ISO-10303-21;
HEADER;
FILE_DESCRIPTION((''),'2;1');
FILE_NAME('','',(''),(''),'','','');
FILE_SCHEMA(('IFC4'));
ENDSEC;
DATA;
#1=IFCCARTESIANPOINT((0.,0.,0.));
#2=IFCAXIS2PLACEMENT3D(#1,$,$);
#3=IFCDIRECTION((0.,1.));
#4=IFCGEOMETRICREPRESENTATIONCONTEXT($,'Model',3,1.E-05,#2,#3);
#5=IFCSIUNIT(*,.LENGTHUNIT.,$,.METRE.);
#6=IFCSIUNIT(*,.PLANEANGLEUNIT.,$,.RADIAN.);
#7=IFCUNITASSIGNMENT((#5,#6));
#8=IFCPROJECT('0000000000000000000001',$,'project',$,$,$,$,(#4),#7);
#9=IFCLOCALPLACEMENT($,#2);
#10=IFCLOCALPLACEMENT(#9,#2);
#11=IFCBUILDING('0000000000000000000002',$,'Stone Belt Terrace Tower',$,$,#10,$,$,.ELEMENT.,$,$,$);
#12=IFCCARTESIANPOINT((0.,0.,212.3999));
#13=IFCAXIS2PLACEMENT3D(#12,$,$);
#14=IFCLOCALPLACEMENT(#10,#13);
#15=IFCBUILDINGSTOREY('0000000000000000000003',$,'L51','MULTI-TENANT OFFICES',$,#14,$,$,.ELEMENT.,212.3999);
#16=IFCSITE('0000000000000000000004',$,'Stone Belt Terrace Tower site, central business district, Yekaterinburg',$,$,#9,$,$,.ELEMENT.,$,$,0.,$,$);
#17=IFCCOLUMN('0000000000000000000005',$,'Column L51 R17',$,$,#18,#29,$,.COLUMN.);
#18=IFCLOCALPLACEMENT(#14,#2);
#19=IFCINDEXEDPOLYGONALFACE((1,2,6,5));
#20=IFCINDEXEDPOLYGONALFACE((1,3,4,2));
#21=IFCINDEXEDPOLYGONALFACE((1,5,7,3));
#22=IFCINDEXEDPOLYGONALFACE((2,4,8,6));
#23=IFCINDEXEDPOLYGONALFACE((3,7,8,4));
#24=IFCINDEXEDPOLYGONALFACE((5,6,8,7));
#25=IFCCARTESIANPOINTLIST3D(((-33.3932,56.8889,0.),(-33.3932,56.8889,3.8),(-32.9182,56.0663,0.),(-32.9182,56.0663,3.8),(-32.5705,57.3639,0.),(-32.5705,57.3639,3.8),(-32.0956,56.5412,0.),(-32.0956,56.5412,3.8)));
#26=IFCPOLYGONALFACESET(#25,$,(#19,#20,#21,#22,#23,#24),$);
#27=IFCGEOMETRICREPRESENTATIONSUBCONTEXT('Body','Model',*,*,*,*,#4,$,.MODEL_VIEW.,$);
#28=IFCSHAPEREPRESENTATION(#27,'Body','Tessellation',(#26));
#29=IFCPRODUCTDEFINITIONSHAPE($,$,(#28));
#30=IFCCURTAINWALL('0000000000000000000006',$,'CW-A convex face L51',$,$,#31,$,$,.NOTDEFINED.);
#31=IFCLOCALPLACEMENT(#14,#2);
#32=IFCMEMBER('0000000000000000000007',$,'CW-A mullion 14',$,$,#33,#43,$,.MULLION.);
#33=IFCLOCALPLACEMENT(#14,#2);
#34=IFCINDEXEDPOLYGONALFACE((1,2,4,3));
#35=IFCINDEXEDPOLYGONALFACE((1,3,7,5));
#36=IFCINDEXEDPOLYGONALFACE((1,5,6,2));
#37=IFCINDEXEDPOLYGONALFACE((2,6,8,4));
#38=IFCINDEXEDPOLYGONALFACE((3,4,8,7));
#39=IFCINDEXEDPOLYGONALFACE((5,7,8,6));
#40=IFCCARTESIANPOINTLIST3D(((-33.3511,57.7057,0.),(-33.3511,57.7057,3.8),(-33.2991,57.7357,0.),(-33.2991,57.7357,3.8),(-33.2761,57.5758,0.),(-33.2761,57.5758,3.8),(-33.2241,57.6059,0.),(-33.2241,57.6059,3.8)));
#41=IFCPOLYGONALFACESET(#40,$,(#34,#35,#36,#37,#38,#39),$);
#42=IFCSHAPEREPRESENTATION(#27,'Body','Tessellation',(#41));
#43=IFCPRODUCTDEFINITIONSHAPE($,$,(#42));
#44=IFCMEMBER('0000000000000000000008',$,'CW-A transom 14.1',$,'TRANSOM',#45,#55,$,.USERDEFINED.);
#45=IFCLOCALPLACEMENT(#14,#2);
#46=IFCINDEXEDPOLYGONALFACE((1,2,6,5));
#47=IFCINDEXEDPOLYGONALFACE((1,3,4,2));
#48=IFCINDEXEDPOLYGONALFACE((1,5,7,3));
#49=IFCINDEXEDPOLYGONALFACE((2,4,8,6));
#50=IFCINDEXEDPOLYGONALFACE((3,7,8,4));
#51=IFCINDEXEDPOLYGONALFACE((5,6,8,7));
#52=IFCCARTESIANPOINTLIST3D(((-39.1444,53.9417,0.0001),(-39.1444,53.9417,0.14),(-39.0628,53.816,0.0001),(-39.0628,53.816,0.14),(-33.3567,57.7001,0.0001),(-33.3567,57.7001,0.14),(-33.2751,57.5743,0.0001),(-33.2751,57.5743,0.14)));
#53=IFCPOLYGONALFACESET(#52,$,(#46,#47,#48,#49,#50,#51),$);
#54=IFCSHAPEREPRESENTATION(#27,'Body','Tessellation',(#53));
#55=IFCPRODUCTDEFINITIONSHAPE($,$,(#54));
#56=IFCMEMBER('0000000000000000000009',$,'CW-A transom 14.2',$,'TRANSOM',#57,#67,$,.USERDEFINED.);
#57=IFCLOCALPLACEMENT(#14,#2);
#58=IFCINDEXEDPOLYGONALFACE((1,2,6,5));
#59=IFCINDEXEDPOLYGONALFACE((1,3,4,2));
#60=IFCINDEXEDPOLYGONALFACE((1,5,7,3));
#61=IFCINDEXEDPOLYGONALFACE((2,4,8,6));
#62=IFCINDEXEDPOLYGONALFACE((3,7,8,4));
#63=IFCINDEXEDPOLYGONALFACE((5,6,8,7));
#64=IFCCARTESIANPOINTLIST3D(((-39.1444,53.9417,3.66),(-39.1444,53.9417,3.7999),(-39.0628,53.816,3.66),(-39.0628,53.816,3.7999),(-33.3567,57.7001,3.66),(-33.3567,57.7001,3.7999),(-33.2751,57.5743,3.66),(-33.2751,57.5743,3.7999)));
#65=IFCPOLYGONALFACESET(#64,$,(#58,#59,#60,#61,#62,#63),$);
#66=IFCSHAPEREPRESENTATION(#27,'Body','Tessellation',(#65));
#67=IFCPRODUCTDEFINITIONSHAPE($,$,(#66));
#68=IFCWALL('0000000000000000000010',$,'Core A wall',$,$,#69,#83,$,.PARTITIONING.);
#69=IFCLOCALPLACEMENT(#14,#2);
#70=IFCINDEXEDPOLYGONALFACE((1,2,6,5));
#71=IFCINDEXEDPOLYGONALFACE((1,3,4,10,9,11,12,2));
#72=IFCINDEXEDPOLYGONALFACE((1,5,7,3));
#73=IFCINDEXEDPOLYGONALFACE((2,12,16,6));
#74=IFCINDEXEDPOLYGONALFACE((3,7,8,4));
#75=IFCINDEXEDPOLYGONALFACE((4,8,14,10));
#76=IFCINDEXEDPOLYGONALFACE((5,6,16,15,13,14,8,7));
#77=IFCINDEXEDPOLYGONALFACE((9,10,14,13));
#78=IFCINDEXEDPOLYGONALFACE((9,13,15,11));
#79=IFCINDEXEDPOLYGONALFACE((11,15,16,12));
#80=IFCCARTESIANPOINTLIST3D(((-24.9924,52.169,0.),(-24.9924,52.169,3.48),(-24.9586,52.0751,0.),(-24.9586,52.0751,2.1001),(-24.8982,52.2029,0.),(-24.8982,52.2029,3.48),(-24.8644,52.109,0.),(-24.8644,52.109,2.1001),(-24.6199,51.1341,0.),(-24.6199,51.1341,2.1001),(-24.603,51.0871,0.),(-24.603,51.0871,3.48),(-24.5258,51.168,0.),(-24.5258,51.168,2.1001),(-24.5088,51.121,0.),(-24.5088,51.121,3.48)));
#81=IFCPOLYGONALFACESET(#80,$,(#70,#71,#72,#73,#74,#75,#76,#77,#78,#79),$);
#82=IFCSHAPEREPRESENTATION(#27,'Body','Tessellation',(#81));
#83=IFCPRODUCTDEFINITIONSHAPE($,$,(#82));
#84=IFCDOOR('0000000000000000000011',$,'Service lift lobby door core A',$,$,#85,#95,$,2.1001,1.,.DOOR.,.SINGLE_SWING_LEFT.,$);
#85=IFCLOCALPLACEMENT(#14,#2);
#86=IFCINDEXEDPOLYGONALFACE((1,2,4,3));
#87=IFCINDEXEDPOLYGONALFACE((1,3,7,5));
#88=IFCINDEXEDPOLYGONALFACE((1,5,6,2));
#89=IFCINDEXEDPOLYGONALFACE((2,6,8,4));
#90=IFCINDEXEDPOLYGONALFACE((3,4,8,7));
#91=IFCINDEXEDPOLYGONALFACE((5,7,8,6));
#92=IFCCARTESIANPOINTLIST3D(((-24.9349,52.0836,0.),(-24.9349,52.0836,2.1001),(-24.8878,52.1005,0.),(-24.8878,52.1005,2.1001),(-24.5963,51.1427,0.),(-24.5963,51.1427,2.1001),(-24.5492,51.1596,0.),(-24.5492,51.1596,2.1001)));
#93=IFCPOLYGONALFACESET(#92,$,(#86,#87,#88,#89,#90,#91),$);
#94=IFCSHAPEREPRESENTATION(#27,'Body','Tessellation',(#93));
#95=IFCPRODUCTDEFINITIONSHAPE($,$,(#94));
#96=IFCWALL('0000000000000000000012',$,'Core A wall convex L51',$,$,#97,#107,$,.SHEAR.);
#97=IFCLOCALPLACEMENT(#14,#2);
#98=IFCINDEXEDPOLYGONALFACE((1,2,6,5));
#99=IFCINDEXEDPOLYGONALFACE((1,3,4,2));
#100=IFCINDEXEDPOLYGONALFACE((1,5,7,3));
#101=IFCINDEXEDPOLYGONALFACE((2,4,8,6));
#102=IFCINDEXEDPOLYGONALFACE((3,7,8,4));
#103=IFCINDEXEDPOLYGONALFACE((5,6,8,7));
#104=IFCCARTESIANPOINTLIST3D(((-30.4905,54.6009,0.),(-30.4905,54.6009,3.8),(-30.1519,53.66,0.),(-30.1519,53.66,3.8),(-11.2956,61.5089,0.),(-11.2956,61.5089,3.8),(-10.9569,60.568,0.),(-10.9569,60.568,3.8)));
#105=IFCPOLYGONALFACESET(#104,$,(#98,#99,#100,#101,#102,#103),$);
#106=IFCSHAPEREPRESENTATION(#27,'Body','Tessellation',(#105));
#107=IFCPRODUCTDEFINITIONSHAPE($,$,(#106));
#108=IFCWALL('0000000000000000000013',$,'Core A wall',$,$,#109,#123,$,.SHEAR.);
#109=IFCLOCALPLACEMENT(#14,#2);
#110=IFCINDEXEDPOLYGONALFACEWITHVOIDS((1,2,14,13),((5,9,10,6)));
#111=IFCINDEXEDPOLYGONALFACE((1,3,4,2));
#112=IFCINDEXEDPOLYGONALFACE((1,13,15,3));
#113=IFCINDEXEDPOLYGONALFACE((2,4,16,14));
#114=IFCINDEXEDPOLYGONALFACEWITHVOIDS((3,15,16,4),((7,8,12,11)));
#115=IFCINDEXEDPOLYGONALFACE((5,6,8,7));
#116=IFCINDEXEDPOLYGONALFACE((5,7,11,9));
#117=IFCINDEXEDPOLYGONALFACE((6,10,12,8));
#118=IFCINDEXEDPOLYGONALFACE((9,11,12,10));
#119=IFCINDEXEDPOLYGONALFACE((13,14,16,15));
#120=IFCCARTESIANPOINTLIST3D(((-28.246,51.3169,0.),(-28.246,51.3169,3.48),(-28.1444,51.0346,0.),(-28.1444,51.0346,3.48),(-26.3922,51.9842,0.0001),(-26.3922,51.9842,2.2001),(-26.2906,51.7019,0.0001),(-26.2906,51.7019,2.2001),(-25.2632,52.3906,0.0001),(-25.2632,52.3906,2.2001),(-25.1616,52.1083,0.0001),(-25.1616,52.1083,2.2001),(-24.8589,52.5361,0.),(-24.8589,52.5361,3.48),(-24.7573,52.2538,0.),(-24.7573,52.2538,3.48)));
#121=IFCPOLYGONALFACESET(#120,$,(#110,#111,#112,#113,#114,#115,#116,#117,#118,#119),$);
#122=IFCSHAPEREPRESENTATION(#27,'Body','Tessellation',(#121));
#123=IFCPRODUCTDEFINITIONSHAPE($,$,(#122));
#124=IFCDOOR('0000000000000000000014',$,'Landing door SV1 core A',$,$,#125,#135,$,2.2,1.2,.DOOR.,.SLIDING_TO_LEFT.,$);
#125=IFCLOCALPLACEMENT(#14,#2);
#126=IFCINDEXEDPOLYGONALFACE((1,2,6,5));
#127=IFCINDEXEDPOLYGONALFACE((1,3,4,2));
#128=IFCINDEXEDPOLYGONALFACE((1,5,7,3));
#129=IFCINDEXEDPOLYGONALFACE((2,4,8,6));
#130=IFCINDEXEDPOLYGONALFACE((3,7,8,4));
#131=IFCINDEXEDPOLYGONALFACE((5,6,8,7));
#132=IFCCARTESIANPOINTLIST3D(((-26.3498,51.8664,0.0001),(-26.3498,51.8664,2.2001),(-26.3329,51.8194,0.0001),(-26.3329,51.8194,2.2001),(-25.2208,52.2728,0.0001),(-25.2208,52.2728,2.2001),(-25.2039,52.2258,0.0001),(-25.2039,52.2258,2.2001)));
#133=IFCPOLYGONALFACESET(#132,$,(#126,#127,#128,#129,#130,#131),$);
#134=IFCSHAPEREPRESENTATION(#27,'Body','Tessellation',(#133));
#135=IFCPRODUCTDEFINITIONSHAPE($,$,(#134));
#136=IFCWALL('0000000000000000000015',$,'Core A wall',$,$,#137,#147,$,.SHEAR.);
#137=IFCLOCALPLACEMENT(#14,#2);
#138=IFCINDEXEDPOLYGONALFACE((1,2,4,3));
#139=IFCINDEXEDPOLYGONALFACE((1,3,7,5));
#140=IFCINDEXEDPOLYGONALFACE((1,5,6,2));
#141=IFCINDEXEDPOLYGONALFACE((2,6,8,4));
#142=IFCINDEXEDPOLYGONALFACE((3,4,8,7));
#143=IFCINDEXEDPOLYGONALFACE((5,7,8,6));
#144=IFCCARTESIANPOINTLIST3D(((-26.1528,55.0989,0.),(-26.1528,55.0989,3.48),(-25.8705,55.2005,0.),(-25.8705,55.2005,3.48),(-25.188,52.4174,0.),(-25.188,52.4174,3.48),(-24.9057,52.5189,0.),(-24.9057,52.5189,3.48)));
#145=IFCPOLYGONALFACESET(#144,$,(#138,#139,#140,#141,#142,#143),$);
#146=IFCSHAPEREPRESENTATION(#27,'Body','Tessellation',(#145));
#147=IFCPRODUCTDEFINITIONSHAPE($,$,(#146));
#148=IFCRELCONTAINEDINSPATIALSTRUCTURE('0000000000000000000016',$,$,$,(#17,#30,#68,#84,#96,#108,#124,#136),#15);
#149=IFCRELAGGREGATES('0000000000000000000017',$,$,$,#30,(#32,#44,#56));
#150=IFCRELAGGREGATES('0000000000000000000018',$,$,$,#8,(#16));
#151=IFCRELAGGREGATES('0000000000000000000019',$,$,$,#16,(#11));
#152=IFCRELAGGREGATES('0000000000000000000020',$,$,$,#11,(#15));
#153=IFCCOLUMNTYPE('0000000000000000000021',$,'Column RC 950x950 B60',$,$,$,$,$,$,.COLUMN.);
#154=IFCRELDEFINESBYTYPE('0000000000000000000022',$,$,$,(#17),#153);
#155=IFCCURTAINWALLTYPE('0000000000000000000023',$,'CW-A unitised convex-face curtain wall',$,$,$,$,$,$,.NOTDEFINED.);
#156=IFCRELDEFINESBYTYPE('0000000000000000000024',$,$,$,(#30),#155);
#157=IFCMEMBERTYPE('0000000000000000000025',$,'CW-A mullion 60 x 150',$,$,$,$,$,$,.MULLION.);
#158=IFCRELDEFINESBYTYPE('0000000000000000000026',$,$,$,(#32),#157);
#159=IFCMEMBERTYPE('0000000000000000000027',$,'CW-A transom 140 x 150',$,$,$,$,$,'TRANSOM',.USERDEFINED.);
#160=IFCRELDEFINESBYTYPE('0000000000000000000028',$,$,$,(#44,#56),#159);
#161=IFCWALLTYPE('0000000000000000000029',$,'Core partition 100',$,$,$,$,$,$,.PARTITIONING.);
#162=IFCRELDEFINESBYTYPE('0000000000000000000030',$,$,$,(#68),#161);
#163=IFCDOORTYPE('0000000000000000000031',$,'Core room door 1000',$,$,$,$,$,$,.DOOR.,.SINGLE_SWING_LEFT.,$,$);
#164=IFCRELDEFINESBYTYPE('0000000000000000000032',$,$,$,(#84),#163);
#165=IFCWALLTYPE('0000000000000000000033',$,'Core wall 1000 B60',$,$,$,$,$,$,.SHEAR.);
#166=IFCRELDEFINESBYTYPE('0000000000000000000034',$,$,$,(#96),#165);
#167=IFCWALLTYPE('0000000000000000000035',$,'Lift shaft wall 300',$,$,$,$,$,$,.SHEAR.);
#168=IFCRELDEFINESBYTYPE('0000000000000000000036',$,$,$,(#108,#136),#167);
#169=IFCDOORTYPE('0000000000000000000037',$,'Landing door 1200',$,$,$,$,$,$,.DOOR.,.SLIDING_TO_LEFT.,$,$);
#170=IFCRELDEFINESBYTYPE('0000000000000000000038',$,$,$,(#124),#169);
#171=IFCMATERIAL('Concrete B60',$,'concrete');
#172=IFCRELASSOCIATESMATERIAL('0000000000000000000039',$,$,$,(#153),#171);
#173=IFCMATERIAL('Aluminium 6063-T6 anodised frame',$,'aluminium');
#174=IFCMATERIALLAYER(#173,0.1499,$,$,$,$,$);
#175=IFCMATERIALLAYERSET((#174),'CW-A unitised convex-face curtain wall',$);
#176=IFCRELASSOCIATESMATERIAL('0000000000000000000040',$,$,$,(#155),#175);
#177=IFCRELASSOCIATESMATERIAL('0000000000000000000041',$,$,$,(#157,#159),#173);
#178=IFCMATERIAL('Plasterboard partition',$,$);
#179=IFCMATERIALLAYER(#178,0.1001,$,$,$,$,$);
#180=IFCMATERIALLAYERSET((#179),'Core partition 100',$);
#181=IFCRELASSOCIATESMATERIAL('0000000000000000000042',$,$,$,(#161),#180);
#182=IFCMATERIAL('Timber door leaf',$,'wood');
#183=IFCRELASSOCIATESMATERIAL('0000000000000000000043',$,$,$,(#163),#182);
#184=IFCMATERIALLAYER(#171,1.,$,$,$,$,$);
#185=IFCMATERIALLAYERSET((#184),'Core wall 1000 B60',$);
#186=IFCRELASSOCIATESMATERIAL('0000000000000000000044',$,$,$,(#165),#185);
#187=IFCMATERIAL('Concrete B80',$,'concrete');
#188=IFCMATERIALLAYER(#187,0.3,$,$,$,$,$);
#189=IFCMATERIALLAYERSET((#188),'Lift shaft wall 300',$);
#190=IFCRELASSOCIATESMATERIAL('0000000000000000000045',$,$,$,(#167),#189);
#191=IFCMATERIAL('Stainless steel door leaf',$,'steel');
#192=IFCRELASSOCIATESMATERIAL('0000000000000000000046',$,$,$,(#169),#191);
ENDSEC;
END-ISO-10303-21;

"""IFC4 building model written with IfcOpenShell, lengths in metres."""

from ifc_helpers import new_model, si_unit, direction, frame, frame_2d, origin, origin_2d, place, context, subcontext, project, spatial, rectangle, extrude, material, layer, layer_set, material_profile, profile_set, type_object, element, fill, aggregate, save


model = new_model("IFC4")

# Units and contexts
model_context = context("Model", 3, precision=1e-05, world=origin(), true_north=direction((0.0, 1.0)))
body_context = subcontext(model_context, "Body", "Model", "MODEL_VIEW")
ifc_project = project(units=[si_unit("LENGTHUNIT", "METRE"), si_unit("PLANEANGLEUNIT", "RADIAN")], contexts=[model_context])

# Site, building, storey
site_placement = place(None, origin())
site = spatial("IfcSite", under=ifc_project, at=site_placement, Name="Stone Belt Terrace Tower site, central business district, Yekaterinburg", CompositionType="ELEMENT", RefElevation=0.0)
building_placement = place(site_placement, origin())
building = spatial("IfcBuilding", under=site, at=building_placement, Name="Stone Belt Terrace Tower", CompositionType="ELEMENT")
storey_placement = place(building_placement, frame((0.0, 0.0, 212.3999)))
storey = spatial("IfcBuildingStorey", under=building, at=storey_placement, Name="L51", Description="MULTI-TENANT OFFICES", CompositionType="ELEMENT", Elevation=212.3999)

# Column
ifc_material_1 = material(Name="Concrete B60", Category="concrete")
ifc_material_profile_1 = material_profile(ifc_material_1, rectangle(XDim=0.95, YDim=0.95, at=origin_2d()), Name="RC 950x950")
ifc_profile_set_1 = profile_set([ifc_material_profile_1], Name="Concrete B60")
column_type = type_object("IfcColumnType", Name="Column RC 950x950 B60", PredefinedType="COLUMN", material=ifc_profile_set_1)
column_placement = place(storey_placement, frame((-32.7444, 56.7151, 0.0), z_axis=(0.0, 0.0, 1.0), x_axis=(0.866025, 0.5, 0.0)))
element("IfcColumn", 1, at=column_placement, inside=storey, type_object=column_type, Name="Column L51 R17", PredefinedType="COLUMN", context=body_context, shape_type="SweptSolid", body=[
    extrude(rectangle(XDim=0.95, YDim=0.95, at=origin_2d()), origin(), (0.0, 0.0, 1.0), 3.8),
])

# Curtain wall, members
ifc_material_2 = material(Name="Aluminium 6063-T6 anodised frame", Category="aluminium")
ifc_layer_1 = layer(ifc_material_2, 0.1499)
ifc_layer_set_1 = layer_set([ifc_layer_1], Name="CW-A unitised convex-face curtain wall")
curtain_wall_type = type_object("IfcCurtainWallType", Name="CW-A unitised convex-face curtain wall", PredefinedType="NOTDEFINED", material=ifc_layer_set_1)
curtain_wall_placement = place(storey_placement, origin())
curtain_wall = element("IfcCurtainWall", 2, at=curtain_wall_placement, inside=storey, type_object=curtain_wall_type, Name="CW-A convex face L51", PredefinedType="NOTDEFINED")
ifc_material_profile_2 = material_profile(ifc_material_2, rectangle(XDim=0.1499, YDim=0.0601, at=origin_2d()), Name="Aluminium 6063-T6 60x150")
ifc_profile_set_2 = profile_set([ifc_material_profile_2], Name="Aluminium 6063-T6 anodised frame")
member_type_1 = type_object("IfcMemberType", Name="CW-A mullion 60 x 150", PredefinedType="MULLION", material=ifc_profile_set_2)
member_1_placement = place(storey_placement, frame((-33.2876, 57.6558, 0.0), z_axis=(0.0, 0.0, 1.0), x_axis=(0.5, -0.866025, 0.0)))
member_1 = element("IfcMember", 3, at=member_1_placement, type_object=member_type_1, Name="CW-A mullion 14", PredefinedType="MULLION", context=body_context, shape_type="SweptSolid", body=[
    extrude(rectangle(XDim=0.1499, YDim=0.0601, at=origin_2d()), origin(), (0.0, 0.0, 1.0), 3.8),
])
ifc_material_profile_3 = material_profile(ifc_material_2, rectangle(XDim=0.1499, YDim=0.1399, at=origin_2d()), Name="Aluminium 6063-T6 150x140")
ifc_profile_set_3 = profile_set([ifc_material_profile_3], Name="Aluminium 6063-T6 anodised frame")
member_type_2 = type_object("IfcMemberType", Name="CW-A transom 140 x 150", ElementType="TRANSOM", PredefinedType="USERDEFINED", material=ifc_profile_set_3)
member_2_placement = place(storey_placement, frame((-33.3159, 57.6372, 0.0701), z_axis=(-0.838684, -0.544618, 0.0), x_axis=(0.544618, -0.838684, 0.0)))
member_2 = element("IfcMember", 4, at=member_2_placement, type_object=member_type_2, Name="CW-A transom 14.1", ObjectType="TRANSOM", PredefinedType="USERDEFINED", context=body_context, shape_type="SweptSolid", body=[
    extrude(rectangle(XDim=0.1499, YDim=0.1399, at=origin_2d()), origin(), (0.0, 0.0, 1.0), 6.9009),
])
member_3_placement = place(storey_placement, frame((-33.3159, 57.6372, 3.73), z_axis=(-0.838684, -0.544618, 0.0), x_axis=(0.544618, -0.838684, 0.0)))
member_3 = element("IfcMember", 5, at=member_3_placement, type_object=member_type_2, Name="CW-A transom 14.2", ObjectType="TRANSOM", PredefinedType="USERDEFINED", context=body_context, shape_type="SweptSolid", body=[
    extrude(rectangle(XDim=0.1499, YDim=0.1399, at=origin_2d()), origin(), (0.0, 0.0, 1.0), 6.9009),
])
aggregate(curtain_wall, [member_1, member_2, member_3])

# Wall, opening, door
ifc_material_3 = material(Name="Plasterboard partition")
ifc_layer_2 = layer(ifc_material_3, 0.1001)
ifc_layer_set_2 = layer_set([ifc_layer_2], Name="Core partition 100")
wall_type_1 = type_object("IfcWallType", Name="Core partition 100", PredefinedType="PARTITIONING", material=ifc_layer_set_2)
wall_1_placement = place(storey_placement, frame((-24.5559, 51.104, 0.0), z_axis=(0.0, 0.0, 1.0), x_axis=(-0.338622, 0.940923, 0.0)))
wall_1 = element("IfcWall", 6, at=wall_1_placement, inside=storey, type_object=wall_type_1, Name="Core A wall", PredefinedType="PARTITIONING", context=body_context, shape_type="SweptSolid", body=[
    extrude(rectangle(XDim=1.1499, YDim=0.1001, at=frame_2d((0.575, 0.0))), origin(), (0.0, 0.0, 1.0), 3.48),
])
opening_1_placement = place(wall_1_placement, frame((0.05, 0.0, 0.0)))
opening_1 = element("IfcOpeningElement", 7, at=opening_1_placement, cuts=wall_1, PredefinedType="OPENING", context=body_context, shape_type="SweptSolid", body=[
    extrude(rectangle(XDim=1.0, YDim=2.1001, at=frame_2d((0.5, 1.05))), frame((0.0, 0.0601, 0.0), z_axis=(0.0, -1.0, 0.0), x_axis=(1.0, 0.0, 0.0)), (0.0, 0.0, 1.0), 0.1201),
])
ifc_material_4 = material(Name="Timber door leaf", Category="wood")
door_type_1 = type_object("IfcDoorType", Name="Core room door 1000", OperationType="SINGLE_SWING_LEFT", PredefinedType="DOOR", material=ifc_material_4)
door_1_placement = place(opening_1_placement, origin())
door_1 = element("IfcDoor", 8, at=door_1_placement, inside=storey, type_object=door_type_1, Name="Service lift lobby door core A", OperationType="SINGLE_SWING_LEFT", OverallHeight=2.1001, OverallWidth=1.0, PredefinedType="DOOR", context=body_context, shape_type="SweptSolid", body=[
    extrude(rectangle(XDim=1.0, YDim=2.1001, at=frame_2d((0.5, 1.05))), frame((0.0, 0.0249, 0.0), z_axis=(0.0, -1.0, 0.0), x_axis=(1.0, 0.0, 0.0)), (0.0, 0.0, 1.0), 0.05),
])
fill(opening_1, door_1)

# Wall
ifc_layer_3 = layer(ifc_material_1, 1.0)
ifc_layer_set_3 = layer_set([ifc_layer_3], Name="Core wall 1000 B60")
wall_type_2 = type_object("IfcWallType", Name="Core wall 1000 B60", PredefinedType="SHEAR", material=ifc_layer_set_3)
wall_2_placement = place(storey_placement, frame((-30.3213, 54.1304, 0.0), z_axis=(0.0, 0.0, 1.0), x_axis=(0.940921, 0.338625, 0.0)))
element("IfcWall", 9, at=wall_2_placement, inside=storey, type_object=wall_type_2, Name="Core A wall convex L51", PredefinedType="SHEAR", context=body_context, shape_type="SweptSolid", body=[
    extrude(rectangle(XDim=20.4001, YDim=1.0, at=frame_2d((10.2002, 0.0))), origin(), (0.0, 0.0, 1.0), 3.8),
])

# Wall, opening, door
ifc_material_5 = material(Name="Concrete B80", Category="concrete")
ifc_layer_4 = layer(ifc_material_5, 0.3)
ifc_layer_set_4 = layer_set([ifc_layer_4], Name="Lift shaft wall 300")
wall_type_3 = type_object("IfcWallType", Name="Lift shaft wall 300", PredefinedType="SHEAR", material=ifc_layer_set_4)
wall_3_placement = place(storey_placement, frame((-28.1951, 51.1758, 0.0), z_axis=(0.0, 0.0, 1.0), x_axis=(0.940901, 0.338681, 0.0)))
wall_3 = element("IfcWall", 10, at=wall_3_placement, inside=storey, type_object=wall_type_3, Name="Core A wall", PredefinedType="SHEAR", context=body_context, shape_type="SweptSolid", body=[
    extrude(rectangle(XDim=3.5999, YDim=0.3, at=frame_2d((1.7998, 0.0))), origin(), (0.0, 0.0, 1.0), 3.48),
])
opening_2_placement = place(wall_3_placement, frame((1.97, 0.0, 0.0)))
opening_2 = element("IfcOpeningElement", 11, at=opening_2_placement, cuts=wall_3, PredefinedType="OPENING", context=body_context, shape_type="SweptSolid", body=[
    extrude(rectangle(XDim=1.2, YDim=2.2, at=frame_2d((0.6001, 1.1001))), frame((0.0, 0.1599, 0.0), z_axis=(0.0, -1.0, 0.0), x_axis=(1.0, 0.0, 0.0)), (0.0, 0.0, 1.0), 0.3201),
])
ifc_material_6 = material(Name="Stainless steel door leaf", Category="steel")
door_type_2 = type_object("IfcDoorType", Name="Landing door 1200", OperationType="SLIDING_TO_LEFT", PredefinedType="DOOR", material=ifc_material_6)
door_2_placement = place(opening_2_placement, origin())
door_2 = element("IfcDoor", 12, at=door_2_placement, inside=storey, type_object=door_type_2, Name="Landing door SV1 core A", OperationType="SLIDING_TO_LEFT", OverallHeight=2.2, OverallWidth=1.2, PredefinedType="DOOR", context=body_context, shape_type="SweptSolid", body=[
    extrude(rectangle(XDim=1.2, YDim=2.2, at=frame_2d((0.6001, 1.1001))), frame((0.0, 0.0249, 0.0), z_axis=(0.0, -1.0, 0.0), x_axis=(1.0, 0.0, 0.0)), (0.0, 0.0, 1.0), 0.05),
])
fill(opening_2, door_2)

# Wall
wall_4_placement = place(storey_placement, frame((-25.0469, 52.4683, 0.0), z_axis=(0.0, 0.0, 1.0), x_axis=(-0.33855, 0.940949, 0.0)))
element("IfcWall", 13, at=wall_4_placement, inside=storey, type_object=wall_type_3, Name="Core A wall", PredefinedType="SHEAR", context=body_context, shape_type="SweptSolid", body=[
    extrude(rectangle(XDim=2.8499, YDim=0.3, at=frame_2d((1.4248, 0.0))), origin(), (0.0, 0.0, 1.0), 3.48),
])

save(model, "model.ifc")
